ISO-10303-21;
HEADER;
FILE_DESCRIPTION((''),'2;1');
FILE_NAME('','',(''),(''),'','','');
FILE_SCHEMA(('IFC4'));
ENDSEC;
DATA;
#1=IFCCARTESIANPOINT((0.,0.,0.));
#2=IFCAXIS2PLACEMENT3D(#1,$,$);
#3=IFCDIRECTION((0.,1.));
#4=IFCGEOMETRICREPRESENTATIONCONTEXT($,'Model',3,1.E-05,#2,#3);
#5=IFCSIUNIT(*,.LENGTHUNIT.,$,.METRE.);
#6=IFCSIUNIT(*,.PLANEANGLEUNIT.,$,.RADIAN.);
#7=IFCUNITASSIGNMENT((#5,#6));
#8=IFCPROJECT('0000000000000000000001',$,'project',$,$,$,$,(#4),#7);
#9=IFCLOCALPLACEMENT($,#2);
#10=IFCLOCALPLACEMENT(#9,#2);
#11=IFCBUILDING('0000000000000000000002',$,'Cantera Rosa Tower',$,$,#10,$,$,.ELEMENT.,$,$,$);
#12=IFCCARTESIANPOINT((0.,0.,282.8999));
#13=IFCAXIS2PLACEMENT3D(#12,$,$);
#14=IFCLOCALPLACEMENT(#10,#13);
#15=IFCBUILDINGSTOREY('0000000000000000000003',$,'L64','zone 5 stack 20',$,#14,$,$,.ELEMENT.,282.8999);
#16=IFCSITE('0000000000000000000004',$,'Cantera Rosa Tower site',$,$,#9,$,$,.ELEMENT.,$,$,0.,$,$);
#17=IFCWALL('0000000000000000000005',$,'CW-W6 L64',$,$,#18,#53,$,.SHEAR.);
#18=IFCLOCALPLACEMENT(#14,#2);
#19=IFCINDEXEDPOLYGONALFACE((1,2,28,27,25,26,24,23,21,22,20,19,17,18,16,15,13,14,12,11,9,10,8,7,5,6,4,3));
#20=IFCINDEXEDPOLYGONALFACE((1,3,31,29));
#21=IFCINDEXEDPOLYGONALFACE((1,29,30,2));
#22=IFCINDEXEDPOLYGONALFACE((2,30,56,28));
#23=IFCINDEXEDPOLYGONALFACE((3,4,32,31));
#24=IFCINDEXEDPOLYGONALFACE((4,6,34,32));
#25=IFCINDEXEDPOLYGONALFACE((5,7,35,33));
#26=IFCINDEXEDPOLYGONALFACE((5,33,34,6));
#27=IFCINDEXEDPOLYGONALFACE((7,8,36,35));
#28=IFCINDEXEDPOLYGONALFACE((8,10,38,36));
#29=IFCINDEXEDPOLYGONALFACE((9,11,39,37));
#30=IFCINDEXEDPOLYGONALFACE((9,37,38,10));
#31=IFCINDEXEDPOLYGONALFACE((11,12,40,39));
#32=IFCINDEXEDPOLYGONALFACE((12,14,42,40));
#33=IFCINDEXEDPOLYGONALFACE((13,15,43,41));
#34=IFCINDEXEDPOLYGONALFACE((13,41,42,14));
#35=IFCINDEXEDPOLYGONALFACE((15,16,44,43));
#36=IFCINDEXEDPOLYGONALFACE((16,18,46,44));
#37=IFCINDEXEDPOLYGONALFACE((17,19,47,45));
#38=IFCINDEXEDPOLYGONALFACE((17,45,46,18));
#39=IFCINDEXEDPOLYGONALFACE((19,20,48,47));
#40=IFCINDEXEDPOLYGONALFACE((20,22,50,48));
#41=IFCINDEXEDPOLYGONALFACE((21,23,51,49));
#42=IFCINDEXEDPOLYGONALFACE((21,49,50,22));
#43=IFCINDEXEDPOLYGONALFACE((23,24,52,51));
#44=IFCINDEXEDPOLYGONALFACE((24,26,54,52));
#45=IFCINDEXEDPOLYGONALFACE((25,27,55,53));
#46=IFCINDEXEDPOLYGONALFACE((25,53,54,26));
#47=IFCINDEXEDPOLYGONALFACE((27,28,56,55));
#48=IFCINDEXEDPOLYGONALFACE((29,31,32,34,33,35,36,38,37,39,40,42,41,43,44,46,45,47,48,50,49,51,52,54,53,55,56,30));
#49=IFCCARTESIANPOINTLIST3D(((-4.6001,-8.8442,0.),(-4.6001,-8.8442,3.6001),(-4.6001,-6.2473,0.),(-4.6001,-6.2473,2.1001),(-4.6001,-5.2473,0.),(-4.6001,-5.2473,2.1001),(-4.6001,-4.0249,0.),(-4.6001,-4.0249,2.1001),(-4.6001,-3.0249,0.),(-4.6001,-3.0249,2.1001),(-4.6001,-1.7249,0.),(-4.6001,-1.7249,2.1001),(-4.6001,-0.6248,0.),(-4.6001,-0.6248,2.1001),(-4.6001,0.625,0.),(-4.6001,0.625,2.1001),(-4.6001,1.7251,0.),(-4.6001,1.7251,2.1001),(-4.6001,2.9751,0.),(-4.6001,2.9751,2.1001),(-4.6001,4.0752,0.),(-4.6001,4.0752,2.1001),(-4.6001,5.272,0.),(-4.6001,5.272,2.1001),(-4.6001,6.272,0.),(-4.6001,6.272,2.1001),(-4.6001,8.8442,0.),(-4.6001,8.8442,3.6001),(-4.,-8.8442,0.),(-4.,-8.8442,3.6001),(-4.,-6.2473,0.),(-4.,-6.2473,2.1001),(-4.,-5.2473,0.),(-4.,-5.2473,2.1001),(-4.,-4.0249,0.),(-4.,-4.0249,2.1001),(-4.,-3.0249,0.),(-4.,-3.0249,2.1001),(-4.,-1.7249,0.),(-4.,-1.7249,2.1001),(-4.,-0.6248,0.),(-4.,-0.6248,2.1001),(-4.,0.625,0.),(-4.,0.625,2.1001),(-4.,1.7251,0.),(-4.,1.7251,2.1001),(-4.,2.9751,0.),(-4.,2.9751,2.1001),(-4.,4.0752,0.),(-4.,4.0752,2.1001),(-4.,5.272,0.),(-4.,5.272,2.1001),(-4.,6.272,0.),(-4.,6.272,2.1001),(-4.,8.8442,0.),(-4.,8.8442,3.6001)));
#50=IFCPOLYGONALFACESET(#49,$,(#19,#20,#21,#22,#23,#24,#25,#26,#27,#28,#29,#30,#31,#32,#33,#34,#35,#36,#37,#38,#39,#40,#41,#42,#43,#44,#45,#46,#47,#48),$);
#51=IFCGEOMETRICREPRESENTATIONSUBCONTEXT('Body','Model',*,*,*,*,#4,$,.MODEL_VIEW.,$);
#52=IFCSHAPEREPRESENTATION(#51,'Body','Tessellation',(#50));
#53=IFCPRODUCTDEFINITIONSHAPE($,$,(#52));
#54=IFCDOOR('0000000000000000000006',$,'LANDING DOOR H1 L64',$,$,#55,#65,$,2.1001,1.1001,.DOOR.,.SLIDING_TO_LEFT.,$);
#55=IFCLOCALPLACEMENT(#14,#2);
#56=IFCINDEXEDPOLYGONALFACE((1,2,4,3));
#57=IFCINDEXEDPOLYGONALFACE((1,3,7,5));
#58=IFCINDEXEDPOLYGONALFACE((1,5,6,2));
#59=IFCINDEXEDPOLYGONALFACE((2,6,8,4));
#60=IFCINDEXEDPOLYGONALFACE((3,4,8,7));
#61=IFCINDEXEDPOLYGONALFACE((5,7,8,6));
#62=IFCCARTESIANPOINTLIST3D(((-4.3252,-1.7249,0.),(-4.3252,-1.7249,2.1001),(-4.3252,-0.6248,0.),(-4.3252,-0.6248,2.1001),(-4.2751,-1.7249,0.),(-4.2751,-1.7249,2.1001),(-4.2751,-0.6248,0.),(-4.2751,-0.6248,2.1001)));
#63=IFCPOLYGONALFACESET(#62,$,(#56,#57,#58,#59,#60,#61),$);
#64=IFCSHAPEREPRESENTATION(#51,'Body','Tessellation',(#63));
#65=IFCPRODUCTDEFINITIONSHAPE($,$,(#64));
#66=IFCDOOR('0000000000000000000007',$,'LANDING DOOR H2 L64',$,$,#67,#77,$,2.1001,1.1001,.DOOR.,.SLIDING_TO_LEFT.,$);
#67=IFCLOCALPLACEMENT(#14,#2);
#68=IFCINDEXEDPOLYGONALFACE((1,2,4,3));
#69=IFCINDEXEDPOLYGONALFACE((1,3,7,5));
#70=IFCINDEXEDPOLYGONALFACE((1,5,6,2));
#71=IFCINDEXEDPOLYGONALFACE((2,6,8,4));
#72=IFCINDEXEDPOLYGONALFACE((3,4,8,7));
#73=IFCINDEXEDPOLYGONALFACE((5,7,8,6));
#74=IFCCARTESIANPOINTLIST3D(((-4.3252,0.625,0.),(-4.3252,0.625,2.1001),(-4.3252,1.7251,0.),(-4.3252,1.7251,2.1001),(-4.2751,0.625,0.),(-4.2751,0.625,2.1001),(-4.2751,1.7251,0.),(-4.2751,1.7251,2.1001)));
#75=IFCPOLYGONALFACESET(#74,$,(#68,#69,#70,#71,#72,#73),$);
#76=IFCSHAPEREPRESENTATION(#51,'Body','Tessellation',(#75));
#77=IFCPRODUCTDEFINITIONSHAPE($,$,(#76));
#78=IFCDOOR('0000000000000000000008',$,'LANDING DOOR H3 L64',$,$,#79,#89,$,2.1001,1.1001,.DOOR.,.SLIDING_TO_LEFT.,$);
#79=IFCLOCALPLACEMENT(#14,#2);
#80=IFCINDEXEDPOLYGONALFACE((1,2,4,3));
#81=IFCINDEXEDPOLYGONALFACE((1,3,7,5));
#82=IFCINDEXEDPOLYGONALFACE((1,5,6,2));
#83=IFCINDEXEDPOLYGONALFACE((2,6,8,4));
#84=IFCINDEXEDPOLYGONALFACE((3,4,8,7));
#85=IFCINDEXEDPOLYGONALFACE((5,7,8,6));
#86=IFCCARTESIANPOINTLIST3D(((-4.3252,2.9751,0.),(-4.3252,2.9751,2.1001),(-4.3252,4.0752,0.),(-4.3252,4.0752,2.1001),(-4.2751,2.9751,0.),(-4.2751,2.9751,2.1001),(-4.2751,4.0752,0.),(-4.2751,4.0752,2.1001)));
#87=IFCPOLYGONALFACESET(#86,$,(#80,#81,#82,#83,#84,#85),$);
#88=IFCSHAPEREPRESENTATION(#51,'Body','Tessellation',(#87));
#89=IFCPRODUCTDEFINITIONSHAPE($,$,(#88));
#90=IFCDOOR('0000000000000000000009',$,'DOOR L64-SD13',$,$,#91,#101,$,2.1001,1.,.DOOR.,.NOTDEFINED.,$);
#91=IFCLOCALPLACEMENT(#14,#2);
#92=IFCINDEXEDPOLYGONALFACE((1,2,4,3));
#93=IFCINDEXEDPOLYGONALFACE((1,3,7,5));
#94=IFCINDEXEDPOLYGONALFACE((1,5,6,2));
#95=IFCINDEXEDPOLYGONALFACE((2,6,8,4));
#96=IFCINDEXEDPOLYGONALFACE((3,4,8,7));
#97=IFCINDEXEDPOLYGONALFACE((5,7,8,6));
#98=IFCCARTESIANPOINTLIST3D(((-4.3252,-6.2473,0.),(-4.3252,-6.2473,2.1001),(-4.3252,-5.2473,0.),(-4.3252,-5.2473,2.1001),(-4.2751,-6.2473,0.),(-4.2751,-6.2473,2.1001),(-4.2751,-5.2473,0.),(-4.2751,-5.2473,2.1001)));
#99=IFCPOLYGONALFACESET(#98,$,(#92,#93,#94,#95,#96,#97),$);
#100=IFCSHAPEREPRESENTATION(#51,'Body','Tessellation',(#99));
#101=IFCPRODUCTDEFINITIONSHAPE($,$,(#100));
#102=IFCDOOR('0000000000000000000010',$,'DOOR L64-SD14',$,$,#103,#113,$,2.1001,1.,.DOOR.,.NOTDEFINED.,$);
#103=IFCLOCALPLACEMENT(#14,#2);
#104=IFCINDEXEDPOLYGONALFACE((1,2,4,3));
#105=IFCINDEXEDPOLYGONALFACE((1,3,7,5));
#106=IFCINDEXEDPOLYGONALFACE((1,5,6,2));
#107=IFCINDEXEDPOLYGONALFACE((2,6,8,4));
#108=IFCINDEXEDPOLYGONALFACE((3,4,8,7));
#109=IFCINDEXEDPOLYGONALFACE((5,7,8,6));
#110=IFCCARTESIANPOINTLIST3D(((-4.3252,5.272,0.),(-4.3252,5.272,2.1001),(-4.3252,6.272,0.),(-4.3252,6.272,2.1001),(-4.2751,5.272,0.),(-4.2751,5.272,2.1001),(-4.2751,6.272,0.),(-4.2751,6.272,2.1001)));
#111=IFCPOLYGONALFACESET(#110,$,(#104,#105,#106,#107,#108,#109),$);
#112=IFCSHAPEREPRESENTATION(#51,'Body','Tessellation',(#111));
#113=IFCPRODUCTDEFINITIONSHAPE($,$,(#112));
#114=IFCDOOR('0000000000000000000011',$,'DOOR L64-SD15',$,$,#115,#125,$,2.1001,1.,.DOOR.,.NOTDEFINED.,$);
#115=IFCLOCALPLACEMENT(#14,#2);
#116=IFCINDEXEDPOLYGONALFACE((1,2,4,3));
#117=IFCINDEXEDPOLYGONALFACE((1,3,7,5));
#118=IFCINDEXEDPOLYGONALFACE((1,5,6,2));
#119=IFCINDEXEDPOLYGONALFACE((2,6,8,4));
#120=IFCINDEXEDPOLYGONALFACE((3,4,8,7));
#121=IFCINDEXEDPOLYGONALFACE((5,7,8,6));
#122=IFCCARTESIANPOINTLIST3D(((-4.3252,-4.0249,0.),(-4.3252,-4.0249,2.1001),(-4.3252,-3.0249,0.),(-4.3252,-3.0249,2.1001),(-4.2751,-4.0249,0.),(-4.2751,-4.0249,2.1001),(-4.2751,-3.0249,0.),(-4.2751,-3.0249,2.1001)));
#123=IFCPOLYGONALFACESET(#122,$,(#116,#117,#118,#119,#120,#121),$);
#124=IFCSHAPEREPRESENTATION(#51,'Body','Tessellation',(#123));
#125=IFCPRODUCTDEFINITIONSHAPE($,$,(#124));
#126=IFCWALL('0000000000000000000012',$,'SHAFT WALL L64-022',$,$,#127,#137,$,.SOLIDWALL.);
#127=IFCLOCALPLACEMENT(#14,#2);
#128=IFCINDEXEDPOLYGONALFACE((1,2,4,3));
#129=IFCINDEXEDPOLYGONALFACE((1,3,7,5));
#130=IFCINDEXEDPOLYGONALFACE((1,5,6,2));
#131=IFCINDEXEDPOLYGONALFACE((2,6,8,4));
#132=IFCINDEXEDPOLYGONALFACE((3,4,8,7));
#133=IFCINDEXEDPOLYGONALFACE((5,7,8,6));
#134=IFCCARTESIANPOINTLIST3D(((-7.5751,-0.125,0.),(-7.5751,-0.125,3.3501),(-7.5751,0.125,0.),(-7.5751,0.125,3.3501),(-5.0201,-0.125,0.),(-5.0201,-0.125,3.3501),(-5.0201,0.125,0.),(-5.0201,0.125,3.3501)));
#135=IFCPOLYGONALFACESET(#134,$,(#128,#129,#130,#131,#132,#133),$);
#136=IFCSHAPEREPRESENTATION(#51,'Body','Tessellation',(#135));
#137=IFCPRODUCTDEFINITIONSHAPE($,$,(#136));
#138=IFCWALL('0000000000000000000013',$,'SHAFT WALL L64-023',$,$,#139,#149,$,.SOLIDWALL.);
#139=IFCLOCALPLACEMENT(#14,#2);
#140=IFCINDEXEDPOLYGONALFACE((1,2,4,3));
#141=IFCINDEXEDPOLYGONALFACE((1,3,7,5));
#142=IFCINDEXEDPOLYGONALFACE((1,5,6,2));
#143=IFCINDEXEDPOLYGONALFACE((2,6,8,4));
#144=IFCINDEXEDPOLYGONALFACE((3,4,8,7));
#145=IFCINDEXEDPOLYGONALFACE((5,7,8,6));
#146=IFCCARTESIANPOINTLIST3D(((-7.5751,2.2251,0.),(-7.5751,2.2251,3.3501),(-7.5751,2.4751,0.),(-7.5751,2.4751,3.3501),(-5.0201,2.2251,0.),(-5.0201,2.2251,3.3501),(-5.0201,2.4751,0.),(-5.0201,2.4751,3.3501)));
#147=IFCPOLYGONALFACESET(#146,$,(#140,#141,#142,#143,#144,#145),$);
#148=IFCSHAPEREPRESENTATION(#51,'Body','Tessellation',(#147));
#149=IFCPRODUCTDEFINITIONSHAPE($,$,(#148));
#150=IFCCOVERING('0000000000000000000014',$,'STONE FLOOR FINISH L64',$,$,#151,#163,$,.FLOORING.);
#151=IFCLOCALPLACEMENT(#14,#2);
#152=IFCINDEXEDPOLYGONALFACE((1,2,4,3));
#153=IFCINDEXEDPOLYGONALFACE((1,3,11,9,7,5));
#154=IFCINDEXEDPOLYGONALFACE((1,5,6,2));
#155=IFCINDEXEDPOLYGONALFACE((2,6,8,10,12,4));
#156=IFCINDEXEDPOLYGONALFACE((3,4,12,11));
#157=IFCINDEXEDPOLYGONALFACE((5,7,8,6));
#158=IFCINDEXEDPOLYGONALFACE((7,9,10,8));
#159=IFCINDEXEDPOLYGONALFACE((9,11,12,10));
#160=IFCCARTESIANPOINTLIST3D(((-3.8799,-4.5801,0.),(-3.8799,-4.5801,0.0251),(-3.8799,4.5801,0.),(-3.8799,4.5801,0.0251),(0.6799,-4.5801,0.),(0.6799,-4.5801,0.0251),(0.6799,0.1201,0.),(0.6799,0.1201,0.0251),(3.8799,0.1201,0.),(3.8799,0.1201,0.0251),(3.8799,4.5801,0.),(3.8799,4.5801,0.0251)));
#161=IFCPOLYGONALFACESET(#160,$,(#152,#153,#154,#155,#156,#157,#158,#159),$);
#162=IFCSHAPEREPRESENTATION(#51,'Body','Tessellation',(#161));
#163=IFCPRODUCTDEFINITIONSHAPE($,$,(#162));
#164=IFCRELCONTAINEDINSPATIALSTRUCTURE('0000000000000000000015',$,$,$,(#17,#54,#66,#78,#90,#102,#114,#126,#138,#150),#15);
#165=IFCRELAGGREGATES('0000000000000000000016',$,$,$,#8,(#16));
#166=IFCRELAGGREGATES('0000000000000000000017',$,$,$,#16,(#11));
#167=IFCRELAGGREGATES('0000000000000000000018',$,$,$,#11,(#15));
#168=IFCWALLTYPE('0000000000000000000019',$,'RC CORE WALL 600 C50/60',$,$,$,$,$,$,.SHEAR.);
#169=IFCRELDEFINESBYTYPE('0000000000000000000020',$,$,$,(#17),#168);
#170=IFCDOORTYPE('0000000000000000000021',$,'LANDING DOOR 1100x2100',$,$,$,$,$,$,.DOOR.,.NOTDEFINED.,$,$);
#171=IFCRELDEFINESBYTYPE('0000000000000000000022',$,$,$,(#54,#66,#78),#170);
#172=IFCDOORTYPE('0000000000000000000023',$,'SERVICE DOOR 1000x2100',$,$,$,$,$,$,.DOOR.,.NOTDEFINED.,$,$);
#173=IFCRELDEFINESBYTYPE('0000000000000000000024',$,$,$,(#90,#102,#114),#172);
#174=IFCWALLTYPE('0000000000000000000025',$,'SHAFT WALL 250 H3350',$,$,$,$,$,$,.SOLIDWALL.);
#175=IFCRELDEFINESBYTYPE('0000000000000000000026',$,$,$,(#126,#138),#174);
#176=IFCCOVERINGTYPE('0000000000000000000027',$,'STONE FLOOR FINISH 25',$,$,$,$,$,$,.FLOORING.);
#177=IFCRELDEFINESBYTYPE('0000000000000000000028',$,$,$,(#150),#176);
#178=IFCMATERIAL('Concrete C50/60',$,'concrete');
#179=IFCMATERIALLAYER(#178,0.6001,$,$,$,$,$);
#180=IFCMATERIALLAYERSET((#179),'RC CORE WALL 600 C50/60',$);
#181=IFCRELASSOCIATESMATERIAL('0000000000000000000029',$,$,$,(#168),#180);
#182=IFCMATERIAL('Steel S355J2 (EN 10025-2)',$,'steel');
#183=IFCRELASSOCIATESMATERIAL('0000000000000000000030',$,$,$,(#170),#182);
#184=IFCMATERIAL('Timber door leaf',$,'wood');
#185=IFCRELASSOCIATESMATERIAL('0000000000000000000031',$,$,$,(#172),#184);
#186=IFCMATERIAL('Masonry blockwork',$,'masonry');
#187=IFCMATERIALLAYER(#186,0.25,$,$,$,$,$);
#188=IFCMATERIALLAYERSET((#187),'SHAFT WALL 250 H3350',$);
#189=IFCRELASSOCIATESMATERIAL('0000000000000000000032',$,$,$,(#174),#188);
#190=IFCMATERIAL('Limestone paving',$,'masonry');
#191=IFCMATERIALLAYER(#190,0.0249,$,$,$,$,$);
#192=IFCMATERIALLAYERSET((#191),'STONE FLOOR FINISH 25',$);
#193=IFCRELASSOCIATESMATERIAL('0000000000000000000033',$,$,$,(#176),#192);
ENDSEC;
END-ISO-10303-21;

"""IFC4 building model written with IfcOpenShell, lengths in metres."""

from ifc_helpers import new_model, si_unit, direction, frame, frame_2d, origin, place, context, subcontext, project, spatial, polyline, rectangle, outline, extrude, material, layer, layer_set, type_object, element, fill, save


model = new_model("IFC4")

# Units and contexts
model_context = context("Model", 3, precision=1e-05, world=origin(), true_north=direction((0.0, 1.0)))
body_context = subcontext(model_context, "Body", "Model", "MODEL_VIEW")
ifc_project = project(units=[si_unit("LENGTHUNIT", "METRE"), si_unit("PLANEANGLEUNIT", "RADIAN")], contexts=[model_context])

# Site, building, storey
site_placement = place(None, origin())
site = spatial("IfcSite", under=ifc_project, at=site_placement, Name="Cantera Rosa Tower site", CompositionType="ELEMENT", RefElevation=0.0)
building_placement = place(site_placement, origin())
building = spatial("IfcBuilding", under=site, at=building_placement, Name="Cantera Rosa Tower", CompositionType="ELEMENT")
storey_placement = place(building_placement, frame((0.0, 0.0, 282.8999)))
storey = spatial("IfcBuildingStorey", under=building, at=storey_placement, Name="L64", Description="zone 5 stack 20", CompositionType="ELEMENT", Elevation=282.8999)

# Shared definitions
ifc_material_1 = material(Name="Concrete C50/60", Category="concrete")
ifc_layer_1 = layer(ifc_material_1, 0.6001)
ifc_layer_set_1 = layer_set([ifc_layer_1], Name="RC CORE WALL 600 C50/60")
wall_type_1 = type_object("IfcWallType", Name="RC CORE WALL 600 C50/60", PredefinedType="SHEAR", material=ifc_layer_set_1)

# Wall, openings, doors
wall_1_placement = place(storey_placement, frame((-4.3, 8.8442, 0.0), z_axis=(0.0, 0.0, 1.0), x_axis=(0.0, -1.0, 0.0)))
wall_1 = element("IfcWall", 1, at=wall_1_placement, inside=storey, type_object=wall_type_1, Name="CW-W6 L64", PredefinedType="SHEAR", context=body_context, shape_type="SweptSolid", body=[
    extrude(rectangle(XDim=17.6885, YDim=0.6001, at=frame_2d((8.8442, 0.0))), origin(), (0.0, 0.0, 1.0), 3.6001),
])
opening_1_placement = place(wall_1_placement, frame((9.469, 0.0, 0.0)))
opening_1 = element("IfcOpeningElement", 2, at=opening_1_placement, cuts=wall_1, PredefinedType="OPENING", context=body_context, shape_type="SweptSolid", body=[
    extrude(rectangle(XDim=1.1001, YDim=2.1001, at=frame_2d((0.55, 1.05))), frame((0.0, 0.3101, 0.0), z_axis=(0.0, -1.0, 0.0), x_axis=(1.0, 0.0, 0.0)), (0.0, 0.0, 1.0), 0.6201),
])
opening_2_placement = place(wall_1_placement, frame((7.1191, 0.0, 0.0)))
opening_2 = element("IfcOpeningElement", 3, at=opening_2_placement, cuts=wall_1, PredefinedType="OPENING", context=body_context, shape_type="SweptSolid", body=[
    extrude(rectangle(XDim=1.1001, YDim=2.1001, at=frame_2d((0.55, 1.05))), frame((0.0, 0.3101, 0.0), z_axis=(0.0, -1.0, 0.0), x_axis=(1.0, 0.0, 0.0)), (0.0, 0.0, 1.0), 0.6201),
])
opening_3_placement = place(wall_1_placement, frame((4.769, 0.0, 0.0)))
opening_3 = element("IfcOpeningElement", 4, at=opening_3_placement, cuts=wall_1, PredefinedType="OPENING", context=body_context, shape_type="SweptSolid", body=[
    extrude(rectangle(XDim=1.1001, YDim=2.1001, at=frame_2d((0.55, 1.05))), frame((0.0, 0.3101, 0.0), z_axis=(0.0, -1.0, 0.0), x_axis=(1.0, 0.0, 0.0)), (0.0, 0.0, 1.0), 0.6201),
])
opening_4_placement = place(wall_1_placement, frame((14.0916, 0.0, 0.0)))
opening_4 = element("IfcOpeningElement", 5, at=opening_4_placement, cuts=wall_1, PredefinedType="OPENING", context=body_context, shape_type="SweptSolid", body=[
    extrude(rectangle(XDim=1.0, YDim=2.1001, at=frame_2d((0.5, 1.05))), frame((0.0, 0.3101, 0.0), z_axis=(0.0, -1.0, 0.0), x_axis=(1.0, 0.0, 0.0)), (0.0, 0.0, 1.0), 0.6201),
])
opening_5_placement = place(wall_1_placement, frame((2.5723, 0.0, 0.0)))
opening_5 = element("IfcOpeningElement", 6, at=opening_5_placement, cuts=wall_1, PredefinedType="OPENING", context=body_context, shape_type="SweptSolid", body=[
    extrude(rectangle(XDim=1.0, YDim=2.1001, at=frame_2d((0.5, 1.05))), frame((0.0, 0.3101, 0.0), z_axis=(0.0, -1.0, 0.0), x_axis=(1.0, 0.0, 0.0)), (0.0, 0.0, 1.0), 0.6201),
])
opening_6_placement = place(wall_1_placement, frame((11.8691, 0.0, 0.0)))
opening_6 = element("IfcOpeningElement", 7, at=opening_6_placement, cuts=wall_1, PredefinedType="OPENING", context=body_context, shape_type="SweptSolid", body=[
    extrude(rectangle(XDim=1.0, YDim=2.1001, at=frame_2d((0.5, 1.05))), frame((0.0, 0.3101, 0.0), z_axis=(0.0, -1.0, 0.0), x_axis=(1.0, 0.0, 0.0)), (0.0, 0.0, 1.0), 0.6201),
])
ifc_material_2 = material(Name="Steel S355J2 (EN 10025-2)", Category="steel")
door_type_1 = type_object("IfcDoorType", Name="LANDING DOOR 1100x2100", OperationType="NOTDEFINED", PredefinedType="DOOR", material=ifc_material_2)
door_1_placement = place(opening_1_placement, origin())
door_1 = element("IfcDoor", 8, at=door_1_placement, inside=storey, type_object=door_type_1, Name="LANDING DOOR H1 L64", OperationType="SLIDING_TO_LEFT", OverallHeight=2.1001, OverallWidth=1.1001, PredefinedType="DOOR", context=body_context, shape_type="SweptSolid", body=[
    extrude(rectangle(XDim=1.1001, YDim=2.1001, at=frame_2d((0.55, 1.05))), frame((0.0, 0.0249, 0.0), z_axis=(0.0, -1.0, 0.0), x_axis=(1.0, 0.0, 0.0)), (0.0, 0.0, 1.0), 0.05),
])
fill(opening_1, door_1)
door_2_placement = place(opening_2_placement, origin())
door_2 = element("IfcDoor", 9, at=door_2_placement, inside=storey, type_object=door_type_1, Name="LANDING DOOR H2 L64", OperationType="SLIDING_TO_LEFT", OverallHeight=2.1001, OverallWidth=1.1001, PredefinedType="DOOR", context=body_context, shape_type="SweptSolid", body=[
    extrude(rectangle(XDim=1.1001, YDim=2.1001, at=frame_2d((0.55, 1.05))), frame((0.0, 0.0249, 0.0), z_axis=(0.0, -1.0, 0.0), x_axis=(1.0, 0.0, 0.0)), (0.0, 0.0, 1.0), 0.05),
])
fill(opening_2, door_2)
door_3_placement = place(opening_3_placement, origin())
door_3 = element("IfcDoor", 10, at=door_3_placement, inside=storey, type_object=door_type_1, Name="LANDING DOOR H3 L64", OperationType="SLIDING_TO_LEFT", OverallHeight=2.1001, OverallWidth=1.1001, PredefinedType="DOOR", context=body_context, shape_type="SweptSolid", body=[
    extrude(rectangle(XDim=1.1001, YDim=2.1001, at=frame_2d((0.55, 1.05))), frame((0.0, 0.0249, 0.0), z_axis=(0.0, -1.0, 0.0), x_axis=(1.0, 0.0, 0.0)), (0.0, 0.0, 1.0), 0.05),
])
fill(opening_3, door_3)
ifc_material_3 = material(Name="Timber door leaf", Category="wood")
door_type_2 = type_object("IfcDoorType", Name="SERVICE DOOR 1000x2100", OperationType="NOTDEFINED", PredefinedType="DOOR", material=ifc_material_3)
door_4_placement = place(opening_4_placement, origin())
door_4 = element("IfcDoor", 11, at=door_4_placement, inside=storey, type_object=door_type_2, Name="DOOR L64-SD13", OperationType="NOTDEFINED", OverallHeight=2.1001, OverallWidth=1.0, PredefinedType="DOOR", context=body_context, shape_type="SweptSolid", body=[
    extrude(rectangle(XDim=1.0, YDim=2.1001, at=frame_2d((0.5, 1.05))), frame((0.0, 0.0249, 0.0), z_axis=(0.0, -1.0, 0.0), x_axis=(1.0, 0.0, 0.0)), (0.0, 0.0, 1.0), 0.05),
])
fill(opening_4, door_4)
door_5_placement = place(opening_5_placement, origin())
door_5 = element("IfcDoor", 12, at=door_5_placement, inside=storey, type_object=door_type_2, Name="DOOR L64-SD14", OperationType="NOTDEFINED", OverallHeight=2.1001, OverallWidth=1.0, PredefinedType="DOOR", context=body_context, shape_type="SweptSolid", body=[
    extrude(rectangle(XDim=1.0, YDim=2.1001, at=frame_2d((0.5, 1.05))), frame((0.0, 0.0249, 0.0), z_axis=(0.0, -1.0, 0.0), x_axis=(1.0, 0.0, 0.0)), (0.0, 0.0, 1.0), 0.05),
])
fill(opening_5, door_5)
door_6_placement = place(opening_6_placement, origin())
door_6 = element("IfcDoor", 13, at=door_6_placement, inside=storey, type_object=door_type_2, Name="DOOR L64-SD15", OperationType="NOTDEFINED", OverallHeight=2.1001, OverallWidth=1.0, PredefinedType="DOOR", context=body_context, shape_type="SweptSolid", body=[
    extrude(rectangle(XDim=1.0, YDim=2.1001, at=frame_2d((0.5, 1.05))), frame((0.0, 0.0249, 0.0), z_axis=(0.0, -1.0, 0.0), x_axis=(1.0, 0.0, 0.0)), (0.0, 0.0, 1.0), 0.05),
])
fill(opening_6, door_6)

# Walls
ifc_material_4 = material(Name="Masonry blockwork", Category="masonry")
ifc_layer_2 = layer(ifc_material_4, 0.25)
ifc_layer_set_2 = layer_set([ifc_layer_2], Name="SHAFT WALL 250 H3350")
wall_type_2 = type_object("IfcWallType", Name="SHAFT WALL 250 H3350", PredefinedType="SOLIDWALL", material=ifc_layer_set_2)
for number, where, z_axis, x_axis, name in (
    (14, (-7.575, 0.0, 0.0), (0.0, 0.0, 1.0), (1.0, 0.0, 0.0), "SHAFT WALL L64-022"),
    (15, (-7.575, 2.3501, 0.0), (0.0, 0.0, 1.0), (1.0, 0.0, 0.0), "SHAFT WALL L64-023"),
):
    element("IfcWall", number, at=place(storey_placement, frame(where, z_axis=z_axis, x_axis=x_axis)), inside=storey, type_object=wall_type_2, Name=name, PredefinedType="SOLIDWALL", context=body_context, shape_type="SweptSolid", body=[
        extrude(rectangle(XDim=2.5549, YDim=0.25, at=frame_2d((1.2773, 0.0))), origin(), (0.0, 0.0, 1.0), 3.3501),
    ])

# Covering
ifc_material_5 = material(Name="Limestone paving", Category="masonry")
ifc_layer_3 = layer(ifc_material_5, 0.0249)
ifc_layer_set_3 = layer_set([ifc_layer_3], Name="STONE FLOOR FINISH 25")
covering_type_1 = type_object("IfcCoveringType", Name="STONE FLOOR FINISH 25", PredefinedType="FLOORING", material=ifc_layer_set_3)
covering_1_placement = place(storey_placement, origin())
element("IfcCovering", 16, at=covering_1_placement, inside=storey, type_object=covering_type_1, Name="STONE FLOOR FINISH L64", PredefinedType="FLOORING", context=body_context, shape_type="SweptSolid", body=[
    extrude(outline(polyline([(3.8799, 4.5801), (3.8799, 0.1201), (0.6799, 0.1201), (0.6799, -4.5801), (-3.8799, -4.5801), (-3.8799, 4.5801), (3.8799, 4.5801)])), origin(), (0.0, 0.0, 1.0), 0.0251),
])

save(model, "model.ifc")
